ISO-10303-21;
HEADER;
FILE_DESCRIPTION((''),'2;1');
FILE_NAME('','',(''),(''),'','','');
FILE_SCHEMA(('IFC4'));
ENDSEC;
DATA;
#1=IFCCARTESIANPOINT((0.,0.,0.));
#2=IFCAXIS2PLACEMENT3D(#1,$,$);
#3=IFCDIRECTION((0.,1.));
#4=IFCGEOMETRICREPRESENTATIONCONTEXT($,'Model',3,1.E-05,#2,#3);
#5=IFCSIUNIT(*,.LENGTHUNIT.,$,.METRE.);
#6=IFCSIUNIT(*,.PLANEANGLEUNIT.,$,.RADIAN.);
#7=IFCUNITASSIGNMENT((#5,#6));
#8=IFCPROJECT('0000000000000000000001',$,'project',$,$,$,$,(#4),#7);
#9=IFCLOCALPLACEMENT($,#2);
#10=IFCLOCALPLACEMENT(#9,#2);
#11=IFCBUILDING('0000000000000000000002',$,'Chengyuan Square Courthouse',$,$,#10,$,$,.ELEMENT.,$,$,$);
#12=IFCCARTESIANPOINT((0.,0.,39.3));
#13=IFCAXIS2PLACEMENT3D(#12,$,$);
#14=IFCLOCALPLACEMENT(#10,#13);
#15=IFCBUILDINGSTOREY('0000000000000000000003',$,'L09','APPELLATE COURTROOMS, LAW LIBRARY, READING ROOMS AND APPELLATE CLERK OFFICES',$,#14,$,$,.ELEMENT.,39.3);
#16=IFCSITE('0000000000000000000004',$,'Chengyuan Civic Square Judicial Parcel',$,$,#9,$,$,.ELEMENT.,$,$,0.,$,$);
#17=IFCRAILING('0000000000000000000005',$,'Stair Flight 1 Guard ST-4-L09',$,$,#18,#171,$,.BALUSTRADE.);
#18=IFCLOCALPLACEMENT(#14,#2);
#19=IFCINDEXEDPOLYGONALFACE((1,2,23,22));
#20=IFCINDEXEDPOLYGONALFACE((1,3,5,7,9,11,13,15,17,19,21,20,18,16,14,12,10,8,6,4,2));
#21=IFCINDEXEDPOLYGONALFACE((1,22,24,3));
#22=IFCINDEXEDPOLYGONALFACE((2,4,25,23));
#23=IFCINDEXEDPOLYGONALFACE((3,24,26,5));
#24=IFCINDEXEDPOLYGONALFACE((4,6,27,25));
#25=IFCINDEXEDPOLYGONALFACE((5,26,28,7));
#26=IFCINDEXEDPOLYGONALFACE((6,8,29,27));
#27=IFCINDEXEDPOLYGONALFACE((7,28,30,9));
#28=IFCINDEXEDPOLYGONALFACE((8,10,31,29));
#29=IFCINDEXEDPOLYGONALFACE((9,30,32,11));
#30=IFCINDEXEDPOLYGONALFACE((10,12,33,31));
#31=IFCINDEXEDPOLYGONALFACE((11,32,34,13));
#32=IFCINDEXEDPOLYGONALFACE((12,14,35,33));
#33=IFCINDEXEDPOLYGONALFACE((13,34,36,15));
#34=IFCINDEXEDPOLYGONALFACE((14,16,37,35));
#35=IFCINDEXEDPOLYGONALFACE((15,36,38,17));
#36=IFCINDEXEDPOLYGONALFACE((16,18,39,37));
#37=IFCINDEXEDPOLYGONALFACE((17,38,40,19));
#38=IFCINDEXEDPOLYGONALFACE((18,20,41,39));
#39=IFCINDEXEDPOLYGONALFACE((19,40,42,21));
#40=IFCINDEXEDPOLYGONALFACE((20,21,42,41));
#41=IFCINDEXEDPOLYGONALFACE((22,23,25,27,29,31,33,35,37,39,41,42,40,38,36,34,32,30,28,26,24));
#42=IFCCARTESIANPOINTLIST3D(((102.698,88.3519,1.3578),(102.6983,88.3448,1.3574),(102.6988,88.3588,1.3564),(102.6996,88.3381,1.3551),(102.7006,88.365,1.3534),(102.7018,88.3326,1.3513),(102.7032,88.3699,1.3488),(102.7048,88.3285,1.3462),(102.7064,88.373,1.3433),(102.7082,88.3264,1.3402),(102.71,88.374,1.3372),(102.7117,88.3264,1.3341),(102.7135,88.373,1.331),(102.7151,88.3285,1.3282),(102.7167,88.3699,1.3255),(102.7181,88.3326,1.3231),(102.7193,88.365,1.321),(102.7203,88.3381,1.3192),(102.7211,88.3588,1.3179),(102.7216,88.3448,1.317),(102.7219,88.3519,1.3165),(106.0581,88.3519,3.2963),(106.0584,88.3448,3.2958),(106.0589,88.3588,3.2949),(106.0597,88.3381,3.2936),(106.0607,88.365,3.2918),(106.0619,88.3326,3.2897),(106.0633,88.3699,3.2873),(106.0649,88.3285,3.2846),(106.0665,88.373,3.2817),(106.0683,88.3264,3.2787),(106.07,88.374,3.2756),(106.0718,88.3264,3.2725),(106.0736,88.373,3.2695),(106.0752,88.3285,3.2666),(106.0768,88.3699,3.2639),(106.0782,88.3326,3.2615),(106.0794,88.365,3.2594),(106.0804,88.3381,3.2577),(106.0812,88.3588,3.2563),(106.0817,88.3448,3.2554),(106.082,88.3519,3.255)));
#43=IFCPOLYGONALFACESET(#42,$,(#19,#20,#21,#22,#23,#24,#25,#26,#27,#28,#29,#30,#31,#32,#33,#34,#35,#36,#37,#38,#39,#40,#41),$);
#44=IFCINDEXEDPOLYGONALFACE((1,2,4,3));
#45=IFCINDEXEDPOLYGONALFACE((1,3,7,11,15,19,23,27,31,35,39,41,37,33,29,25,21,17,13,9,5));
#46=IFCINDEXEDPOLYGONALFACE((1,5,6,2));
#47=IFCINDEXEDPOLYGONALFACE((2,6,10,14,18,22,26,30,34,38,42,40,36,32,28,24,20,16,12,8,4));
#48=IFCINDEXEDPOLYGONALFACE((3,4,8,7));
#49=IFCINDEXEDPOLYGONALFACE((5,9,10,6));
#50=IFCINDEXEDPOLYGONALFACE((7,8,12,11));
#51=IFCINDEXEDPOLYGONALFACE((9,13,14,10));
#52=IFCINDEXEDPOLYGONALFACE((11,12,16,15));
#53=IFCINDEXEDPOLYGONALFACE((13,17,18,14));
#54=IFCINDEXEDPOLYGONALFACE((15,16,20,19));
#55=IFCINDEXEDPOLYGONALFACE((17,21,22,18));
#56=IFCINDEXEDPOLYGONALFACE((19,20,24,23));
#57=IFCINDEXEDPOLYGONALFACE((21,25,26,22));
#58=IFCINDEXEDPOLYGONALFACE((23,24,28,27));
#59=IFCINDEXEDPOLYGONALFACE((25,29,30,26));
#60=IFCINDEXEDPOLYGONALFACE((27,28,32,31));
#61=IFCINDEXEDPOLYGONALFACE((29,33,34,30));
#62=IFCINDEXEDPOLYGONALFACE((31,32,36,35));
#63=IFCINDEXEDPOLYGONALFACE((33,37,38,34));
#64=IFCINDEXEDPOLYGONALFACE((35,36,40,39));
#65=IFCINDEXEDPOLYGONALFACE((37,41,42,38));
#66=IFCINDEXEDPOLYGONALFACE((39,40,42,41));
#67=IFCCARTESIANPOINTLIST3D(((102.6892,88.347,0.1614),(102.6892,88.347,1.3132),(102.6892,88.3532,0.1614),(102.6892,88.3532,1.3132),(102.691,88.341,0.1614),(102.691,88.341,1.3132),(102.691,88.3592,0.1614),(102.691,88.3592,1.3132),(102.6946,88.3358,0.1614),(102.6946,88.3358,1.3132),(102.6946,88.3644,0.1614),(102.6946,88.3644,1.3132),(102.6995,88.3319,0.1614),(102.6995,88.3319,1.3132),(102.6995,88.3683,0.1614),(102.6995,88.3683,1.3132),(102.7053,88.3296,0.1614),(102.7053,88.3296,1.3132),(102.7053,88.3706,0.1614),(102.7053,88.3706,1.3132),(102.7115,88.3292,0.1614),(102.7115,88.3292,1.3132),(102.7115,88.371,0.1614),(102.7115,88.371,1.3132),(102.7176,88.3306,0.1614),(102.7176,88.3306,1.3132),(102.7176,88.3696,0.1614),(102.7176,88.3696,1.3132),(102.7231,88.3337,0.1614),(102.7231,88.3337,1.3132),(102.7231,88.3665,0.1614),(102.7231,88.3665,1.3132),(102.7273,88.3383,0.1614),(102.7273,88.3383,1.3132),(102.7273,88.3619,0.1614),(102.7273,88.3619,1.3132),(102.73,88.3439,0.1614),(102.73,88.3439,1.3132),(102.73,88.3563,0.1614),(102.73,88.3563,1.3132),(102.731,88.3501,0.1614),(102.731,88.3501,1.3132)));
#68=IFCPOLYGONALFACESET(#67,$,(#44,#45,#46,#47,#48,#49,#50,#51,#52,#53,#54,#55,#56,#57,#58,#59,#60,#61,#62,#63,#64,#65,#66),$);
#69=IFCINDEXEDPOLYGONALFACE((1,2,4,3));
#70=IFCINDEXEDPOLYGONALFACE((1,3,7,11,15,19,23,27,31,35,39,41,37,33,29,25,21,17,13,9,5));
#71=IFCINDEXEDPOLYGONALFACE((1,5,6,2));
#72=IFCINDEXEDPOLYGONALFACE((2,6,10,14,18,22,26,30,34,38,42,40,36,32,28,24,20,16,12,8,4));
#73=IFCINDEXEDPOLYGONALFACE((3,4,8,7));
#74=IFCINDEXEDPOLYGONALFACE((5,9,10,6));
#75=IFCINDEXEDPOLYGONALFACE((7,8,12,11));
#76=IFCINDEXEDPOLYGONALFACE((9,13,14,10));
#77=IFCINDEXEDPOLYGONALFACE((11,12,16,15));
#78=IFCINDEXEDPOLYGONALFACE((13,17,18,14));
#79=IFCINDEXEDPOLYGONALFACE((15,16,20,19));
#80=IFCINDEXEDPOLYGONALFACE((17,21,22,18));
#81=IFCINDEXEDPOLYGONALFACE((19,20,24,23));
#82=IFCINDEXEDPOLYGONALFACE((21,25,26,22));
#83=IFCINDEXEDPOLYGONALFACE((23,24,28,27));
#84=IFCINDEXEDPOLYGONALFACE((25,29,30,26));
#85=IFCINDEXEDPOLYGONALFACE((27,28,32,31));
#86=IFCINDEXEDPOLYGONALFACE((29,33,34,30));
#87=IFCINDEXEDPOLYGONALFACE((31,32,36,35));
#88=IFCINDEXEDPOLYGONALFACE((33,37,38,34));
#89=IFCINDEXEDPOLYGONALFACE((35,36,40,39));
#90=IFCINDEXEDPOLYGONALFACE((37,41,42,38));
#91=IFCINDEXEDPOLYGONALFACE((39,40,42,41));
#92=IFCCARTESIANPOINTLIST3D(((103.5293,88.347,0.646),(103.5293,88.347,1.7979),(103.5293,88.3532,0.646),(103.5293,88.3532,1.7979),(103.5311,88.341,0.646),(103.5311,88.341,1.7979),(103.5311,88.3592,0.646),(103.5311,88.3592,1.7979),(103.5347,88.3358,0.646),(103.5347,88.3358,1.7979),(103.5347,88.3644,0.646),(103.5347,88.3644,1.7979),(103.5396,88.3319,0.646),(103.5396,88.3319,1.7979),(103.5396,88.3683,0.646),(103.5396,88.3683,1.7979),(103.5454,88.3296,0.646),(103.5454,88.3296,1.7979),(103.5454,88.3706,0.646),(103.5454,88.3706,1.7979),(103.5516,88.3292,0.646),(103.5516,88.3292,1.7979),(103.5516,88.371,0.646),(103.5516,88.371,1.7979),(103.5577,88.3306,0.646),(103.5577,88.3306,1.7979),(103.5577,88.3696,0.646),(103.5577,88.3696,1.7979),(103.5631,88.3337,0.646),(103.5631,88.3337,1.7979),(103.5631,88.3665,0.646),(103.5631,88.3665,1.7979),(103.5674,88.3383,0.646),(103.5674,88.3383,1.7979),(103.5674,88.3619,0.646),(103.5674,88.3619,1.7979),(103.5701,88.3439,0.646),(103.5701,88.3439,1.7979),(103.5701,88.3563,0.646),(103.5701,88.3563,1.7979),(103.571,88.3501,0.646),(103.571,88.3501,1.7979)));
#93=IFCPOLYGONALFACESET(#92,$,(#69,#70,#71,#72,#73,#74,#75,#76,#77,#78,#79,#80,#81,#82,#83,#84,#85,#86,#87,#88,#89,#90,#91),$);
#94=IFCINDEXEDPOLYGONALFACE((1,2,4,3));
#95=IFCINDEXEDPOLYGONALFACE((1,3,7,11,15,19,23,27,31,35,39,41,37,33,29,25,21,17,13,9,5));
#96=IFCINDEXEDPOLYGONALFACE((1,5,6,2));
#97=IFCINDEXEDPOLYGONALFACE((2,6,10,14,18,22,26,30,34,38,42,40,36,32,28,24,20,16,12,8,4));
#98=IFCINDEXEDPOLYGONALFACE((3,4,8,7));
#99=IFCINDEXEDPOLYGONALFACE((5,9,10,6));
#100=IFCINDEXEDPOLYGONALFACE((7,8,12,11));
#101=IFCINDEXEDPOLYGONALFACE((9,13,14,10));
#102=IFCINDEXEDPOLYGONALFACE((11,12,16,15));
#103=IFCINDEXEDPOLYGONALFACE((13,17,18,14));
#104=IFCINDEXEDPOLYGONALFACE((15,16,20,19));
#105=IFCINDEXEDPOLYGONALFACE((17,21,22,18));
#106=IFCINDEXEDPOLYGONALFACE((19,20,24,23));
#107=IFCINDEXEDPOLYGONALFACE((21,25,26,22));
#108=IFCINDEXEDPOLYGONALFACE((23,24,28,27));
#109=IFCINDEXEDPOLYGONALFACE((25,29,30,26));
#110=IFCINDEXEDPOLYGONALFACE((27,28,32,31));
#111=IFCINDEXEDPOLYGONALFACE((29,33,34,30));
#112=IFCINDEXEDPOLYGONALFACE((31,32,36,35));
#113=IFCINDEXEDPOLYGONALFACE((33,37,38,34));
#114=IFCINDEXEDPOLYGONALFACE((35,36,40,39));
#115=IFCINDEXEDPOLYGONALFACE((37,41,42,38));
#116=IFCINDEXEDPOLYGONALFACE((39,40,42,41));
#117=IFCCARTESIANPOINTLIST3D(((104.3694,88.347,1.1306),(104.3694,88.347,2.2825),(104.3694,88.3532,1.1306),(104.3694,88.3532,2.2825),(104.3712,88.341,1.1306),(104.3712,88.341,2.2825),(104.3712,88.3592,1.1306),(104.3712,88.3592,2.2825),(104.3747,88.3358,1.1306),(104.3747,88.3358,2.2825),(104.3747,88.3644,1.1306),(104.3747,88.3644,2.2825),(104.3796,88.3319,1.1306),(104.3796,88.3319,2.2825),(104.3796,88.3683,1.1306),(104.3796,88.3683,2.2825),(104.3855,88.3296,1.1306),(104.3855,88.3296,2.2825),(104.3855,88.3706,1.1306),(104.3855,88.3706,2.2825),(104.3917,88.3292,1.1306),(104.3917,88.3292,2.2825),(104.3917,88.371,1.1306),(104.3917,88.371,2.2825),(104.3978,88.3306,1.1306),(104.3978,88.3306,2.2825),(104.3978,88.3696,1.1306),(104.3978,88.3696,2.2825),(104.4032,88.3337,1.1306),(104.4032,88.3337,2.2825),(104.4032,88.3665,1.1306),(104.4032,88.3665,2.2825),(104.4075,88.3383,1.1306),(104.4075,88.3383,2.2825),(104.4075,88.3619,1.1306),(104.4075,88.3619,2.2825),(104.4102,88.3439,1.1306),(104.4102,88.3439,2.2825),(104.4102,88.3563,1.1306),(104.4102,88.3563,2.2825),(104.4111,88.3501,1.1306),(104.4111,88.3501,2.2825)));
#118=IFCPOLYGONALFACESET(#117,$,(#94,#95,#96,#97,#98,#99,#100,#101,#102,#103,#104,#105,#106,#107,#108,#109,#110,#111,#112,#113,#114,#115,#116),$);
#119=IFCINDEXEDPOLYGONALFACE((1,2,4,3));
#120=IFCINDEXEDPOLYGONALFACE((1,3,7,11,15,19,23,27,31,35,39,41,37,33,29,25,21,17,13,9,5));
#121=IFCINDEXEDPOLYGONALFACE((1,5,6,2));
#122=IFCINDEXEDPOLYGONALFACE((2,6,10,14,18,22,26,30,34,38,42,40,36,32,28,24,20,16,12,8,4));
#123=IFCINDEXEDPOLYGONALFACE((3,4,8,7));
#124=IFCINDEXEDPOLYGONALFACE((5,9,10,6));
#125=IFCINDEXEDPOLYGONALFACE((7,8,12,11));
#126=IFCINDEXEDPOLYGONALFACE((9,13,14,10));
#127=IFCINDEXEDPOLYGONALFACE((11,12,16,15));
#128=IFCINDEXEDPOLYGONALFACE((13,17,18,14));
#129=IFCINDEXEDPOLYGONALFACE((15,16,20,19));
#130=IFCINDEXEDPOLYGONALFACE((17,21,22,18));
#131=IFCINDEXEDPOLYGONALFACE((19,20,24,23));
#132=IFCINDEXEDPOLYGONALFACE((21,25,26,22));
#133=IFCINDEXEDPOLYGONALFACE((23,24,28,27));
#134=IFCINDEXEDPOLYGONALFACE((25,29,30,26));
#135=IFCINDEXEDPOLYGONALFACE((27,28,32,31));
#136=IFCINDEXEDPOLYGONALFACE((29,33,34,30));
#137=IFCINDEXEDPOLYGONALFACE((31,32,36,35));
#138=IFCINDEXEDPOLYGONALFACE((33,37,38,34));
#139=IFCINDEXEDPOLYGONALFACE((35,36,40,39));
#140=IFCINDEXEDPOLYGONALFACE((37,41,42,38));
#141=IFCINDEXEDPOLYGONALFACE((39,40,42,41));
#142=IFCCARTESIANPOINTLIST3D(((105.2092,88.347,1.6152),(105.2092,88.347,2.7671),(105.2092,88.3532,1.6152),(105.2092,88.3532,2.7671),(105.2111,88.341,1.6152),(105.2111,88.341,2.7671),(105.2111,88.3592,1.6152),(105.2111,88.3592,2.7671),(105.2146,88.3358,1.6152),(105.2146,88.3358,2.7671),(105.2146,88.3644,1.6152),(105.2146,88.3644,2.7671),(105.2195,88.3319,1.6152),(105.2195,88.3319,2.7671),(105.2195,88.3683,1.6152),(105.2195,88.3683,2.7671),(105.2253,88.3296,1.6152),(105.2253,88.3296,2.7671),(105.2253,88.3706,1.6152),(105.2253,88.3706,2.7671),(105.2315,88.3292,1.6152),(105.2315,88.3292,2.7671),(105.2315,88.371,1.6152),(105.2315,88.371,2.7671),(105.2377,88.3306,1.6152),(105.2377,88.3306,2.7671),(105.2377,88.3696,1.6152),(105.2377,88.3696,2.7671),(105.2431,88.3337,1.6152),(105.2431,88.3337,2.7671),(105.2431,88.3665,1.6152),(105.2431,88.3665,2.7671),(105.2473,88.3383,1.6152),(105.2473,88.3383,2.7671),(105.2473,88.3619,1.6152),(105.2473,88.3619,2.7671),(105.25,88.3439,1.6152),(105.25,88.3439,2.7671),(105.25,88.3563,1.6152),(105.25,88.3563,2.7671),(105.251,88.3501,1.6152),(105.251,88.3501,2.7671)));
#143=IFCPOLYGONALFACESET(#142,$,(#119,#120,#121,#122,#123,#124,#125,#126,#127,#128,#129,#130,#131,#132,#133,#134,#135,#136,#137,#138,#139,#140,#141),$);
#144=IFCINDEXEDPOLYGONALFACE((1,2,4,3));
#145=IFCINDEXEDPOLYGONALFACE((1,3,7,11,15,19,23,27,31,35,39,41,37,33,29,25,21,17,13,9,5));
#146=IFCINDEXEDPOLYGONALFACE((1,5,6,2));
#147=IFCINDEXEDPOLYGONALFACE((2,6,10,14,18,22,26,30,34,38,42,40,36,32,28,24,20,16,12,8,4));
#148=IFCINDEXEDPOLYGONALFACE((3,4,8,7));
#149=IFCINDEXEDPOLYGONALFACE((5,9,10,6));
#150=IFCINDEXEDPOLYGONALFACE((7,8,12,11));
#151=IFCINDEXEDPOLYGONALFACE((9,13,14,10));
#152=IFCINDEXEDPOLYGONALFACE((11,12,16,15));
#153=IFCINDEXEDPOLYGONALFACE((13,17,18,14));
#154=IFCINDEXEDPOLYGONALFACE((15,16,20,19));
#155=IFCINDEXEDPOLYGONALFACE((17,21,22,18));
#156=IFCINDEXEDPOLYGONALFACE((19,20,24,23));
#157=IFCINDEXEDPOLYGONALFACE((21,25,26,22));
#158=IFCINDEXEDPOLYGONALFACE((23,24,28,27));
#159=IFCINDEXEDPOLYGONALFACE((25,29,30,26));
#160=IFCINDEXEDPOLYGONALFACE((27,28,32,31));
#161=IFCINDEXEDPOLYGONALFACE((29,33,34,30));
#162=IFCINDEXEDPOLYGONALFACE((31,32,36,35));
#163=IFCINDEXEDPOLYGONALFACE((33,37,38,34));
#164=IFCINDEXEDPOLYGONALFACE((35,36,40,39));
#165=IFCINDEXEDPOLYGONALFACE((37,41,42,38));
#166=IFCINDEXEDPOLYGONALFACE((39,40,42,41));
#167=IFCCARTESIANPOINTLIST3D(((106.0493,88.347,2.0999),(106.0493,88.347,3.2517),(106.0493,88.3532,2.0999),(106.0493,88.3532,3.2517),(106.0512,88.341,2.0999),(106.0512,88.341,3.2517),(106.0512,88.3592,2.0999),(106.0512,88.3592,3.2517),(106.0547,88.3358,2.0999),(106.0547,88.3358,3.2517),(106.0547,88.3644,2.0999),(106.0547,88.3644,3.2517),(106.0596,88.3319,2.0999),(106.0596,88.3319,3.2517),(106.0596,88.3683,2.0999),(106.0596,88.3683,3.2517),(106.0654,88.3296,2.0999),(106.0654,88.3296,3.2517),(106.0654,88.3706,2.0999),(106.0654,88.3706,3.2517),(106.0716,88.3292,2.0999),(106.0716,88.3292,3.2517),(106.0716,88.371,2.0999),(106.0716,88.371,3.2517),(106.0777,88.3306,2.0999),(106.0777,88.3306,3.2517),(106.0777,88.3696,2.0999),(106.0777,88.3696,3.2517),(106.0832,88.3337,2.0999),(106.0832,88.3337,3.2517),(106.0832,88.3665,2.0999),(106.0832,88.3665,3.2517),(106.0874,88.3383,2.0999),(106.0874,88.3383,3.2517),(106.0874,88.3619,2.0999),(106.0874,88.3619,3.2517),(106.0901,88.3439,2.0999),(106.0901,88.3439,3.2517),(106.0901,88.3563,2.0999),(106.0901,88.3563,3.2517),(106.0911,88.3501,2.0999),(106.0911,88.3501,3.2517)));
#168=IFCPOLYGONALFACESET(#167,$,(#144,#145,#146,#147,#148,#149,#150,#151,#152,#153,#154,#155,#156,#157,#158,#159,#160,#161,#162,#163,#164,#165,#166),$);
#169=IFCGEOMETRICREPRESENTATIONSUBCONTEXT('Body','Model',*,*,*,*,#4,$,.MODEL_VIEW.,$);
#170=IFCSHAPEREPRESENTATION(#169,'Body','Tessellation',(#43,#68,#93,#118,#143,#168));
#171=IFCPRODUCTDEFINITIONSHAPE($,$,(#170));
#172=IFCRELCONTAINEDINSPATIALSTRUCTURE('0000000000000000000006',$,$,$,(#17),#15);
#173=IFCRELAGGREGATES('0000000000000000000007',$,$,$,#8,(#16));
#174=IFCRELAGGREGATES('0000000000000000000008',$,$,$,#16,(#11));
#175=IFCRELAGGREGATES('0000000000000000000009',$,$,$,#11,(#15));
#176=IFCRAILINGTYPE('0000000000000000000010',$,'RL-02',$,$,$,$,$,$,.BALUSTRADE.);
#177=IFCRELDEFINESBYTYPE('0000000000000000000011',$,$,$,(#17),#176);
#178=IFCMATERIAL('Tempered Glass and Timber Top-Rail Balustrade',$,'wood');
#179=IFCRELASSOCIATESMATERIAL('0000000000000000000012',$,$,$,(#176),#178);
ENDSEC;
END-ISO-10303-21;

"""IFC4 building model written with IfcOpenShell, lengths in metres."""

from ifc_helpers import new_model, si_unit, direction, frame, origin, origin_2d, place, context, subcontext, project, spatial, circle, extrude, material, type_object, element, save


model = new_model("IFC4")

# Units and contexts
model_context = context("Model", 3, precision=1e-05, world=origin(), true_north=direction((0.0, 1.0)))
body_context = subcontext(model_context, "Body", "Model", "MODEL_VIEW")
ifc_project = project(units=[si_unit("LENGTHUNIT", "METRE"), si_unit("PLANEANGLEUNIT", "RADIAN")], contexts=[model_context])

# Site, building, storey
site_placement = place(None, origin())
site = spatial("IfcSite", under=ifc_project, at=site_placement, Name="Chengyuan Civic Square Judicial Parcel", CompositionType="ELEMENT", RefElevation=0.0)
building_placement = place(site_placement, origin())
building = spatial("IfcBuilding", under=site, at=building_placement, Name="Chengyuan Square Courthouse", CompositionType="ELEMENT")
storey_placement = place(building_placement, frame((0.0, 0.0, 39.3)))
storey = spatial("IfcBuildingStorey", under=building, at=storey_placement, Name="L09", Description="APPELLATE COURTROOMS, LAW LIBRARY, READING ROOMS AND APPELLATE CLERK OFFICES", CompositionType="ELEMENT", Elevation=39.3)

# Railing
ifc_material_1 = material(Name="Tempered Glass and Timber Top-Rail Balustrade", Category="wood")
railing_type_1 = type_object("IfcRailingType", Name="RL-02", PredefinedType="BALUSTRADE", material=ifc_material_1)
railing_1_placement = place(storey_placement, frame((102.71, 88.3501, 0.1614)))
element("IfcRailing", 1, at=railing_1_placement, inside=storey, type_object=railing_type_1, Name="Stair Flight 1 Guard ST-4-L09", PredefinedType="BALUSTRADE", context=body_context, shape_type="SweptSolid", body=[
    extrude(circle(Radius=0.0239, at=origin_2d()), frame((0.0, 0.0, 1.1758), z_axis=(0.866191, 0.0, 0.499713), x_axis=(0.0, 1.0, 0.0)), (0.0, 0.0, 1.0), 3.8792),
    extrude(circle(Radius=0.021, at=origin_2d()), origin(), (0.0, 0.0, 1.0), 1.1519),
    extrude(circle(Radius=0.021, at=origin_2d()), frame((0.8401, 0.0, 0.4846)), (0.0, 0.0, 1.0), 1.1519),
    extrude(circle(Radius=0.021, at=origin_2d()), frame((1.6802, 0.0, 0.9692)), (0.0, 0.0, 1.0), 1.1519),
    extrude(circle(Radius=0.021, at=origin_2d()), frame((2.52, 0.0, 1.4539)), (0.0, 0.0, 1.0), 1.1519),
    extrude(circle(Radius=0.021, at=origin_2d()), frame((3.3601, 0.0, 1.9385)), (0.0, 0.0, 1.0), 1.1519),
])

save(model, "model.ifc")
